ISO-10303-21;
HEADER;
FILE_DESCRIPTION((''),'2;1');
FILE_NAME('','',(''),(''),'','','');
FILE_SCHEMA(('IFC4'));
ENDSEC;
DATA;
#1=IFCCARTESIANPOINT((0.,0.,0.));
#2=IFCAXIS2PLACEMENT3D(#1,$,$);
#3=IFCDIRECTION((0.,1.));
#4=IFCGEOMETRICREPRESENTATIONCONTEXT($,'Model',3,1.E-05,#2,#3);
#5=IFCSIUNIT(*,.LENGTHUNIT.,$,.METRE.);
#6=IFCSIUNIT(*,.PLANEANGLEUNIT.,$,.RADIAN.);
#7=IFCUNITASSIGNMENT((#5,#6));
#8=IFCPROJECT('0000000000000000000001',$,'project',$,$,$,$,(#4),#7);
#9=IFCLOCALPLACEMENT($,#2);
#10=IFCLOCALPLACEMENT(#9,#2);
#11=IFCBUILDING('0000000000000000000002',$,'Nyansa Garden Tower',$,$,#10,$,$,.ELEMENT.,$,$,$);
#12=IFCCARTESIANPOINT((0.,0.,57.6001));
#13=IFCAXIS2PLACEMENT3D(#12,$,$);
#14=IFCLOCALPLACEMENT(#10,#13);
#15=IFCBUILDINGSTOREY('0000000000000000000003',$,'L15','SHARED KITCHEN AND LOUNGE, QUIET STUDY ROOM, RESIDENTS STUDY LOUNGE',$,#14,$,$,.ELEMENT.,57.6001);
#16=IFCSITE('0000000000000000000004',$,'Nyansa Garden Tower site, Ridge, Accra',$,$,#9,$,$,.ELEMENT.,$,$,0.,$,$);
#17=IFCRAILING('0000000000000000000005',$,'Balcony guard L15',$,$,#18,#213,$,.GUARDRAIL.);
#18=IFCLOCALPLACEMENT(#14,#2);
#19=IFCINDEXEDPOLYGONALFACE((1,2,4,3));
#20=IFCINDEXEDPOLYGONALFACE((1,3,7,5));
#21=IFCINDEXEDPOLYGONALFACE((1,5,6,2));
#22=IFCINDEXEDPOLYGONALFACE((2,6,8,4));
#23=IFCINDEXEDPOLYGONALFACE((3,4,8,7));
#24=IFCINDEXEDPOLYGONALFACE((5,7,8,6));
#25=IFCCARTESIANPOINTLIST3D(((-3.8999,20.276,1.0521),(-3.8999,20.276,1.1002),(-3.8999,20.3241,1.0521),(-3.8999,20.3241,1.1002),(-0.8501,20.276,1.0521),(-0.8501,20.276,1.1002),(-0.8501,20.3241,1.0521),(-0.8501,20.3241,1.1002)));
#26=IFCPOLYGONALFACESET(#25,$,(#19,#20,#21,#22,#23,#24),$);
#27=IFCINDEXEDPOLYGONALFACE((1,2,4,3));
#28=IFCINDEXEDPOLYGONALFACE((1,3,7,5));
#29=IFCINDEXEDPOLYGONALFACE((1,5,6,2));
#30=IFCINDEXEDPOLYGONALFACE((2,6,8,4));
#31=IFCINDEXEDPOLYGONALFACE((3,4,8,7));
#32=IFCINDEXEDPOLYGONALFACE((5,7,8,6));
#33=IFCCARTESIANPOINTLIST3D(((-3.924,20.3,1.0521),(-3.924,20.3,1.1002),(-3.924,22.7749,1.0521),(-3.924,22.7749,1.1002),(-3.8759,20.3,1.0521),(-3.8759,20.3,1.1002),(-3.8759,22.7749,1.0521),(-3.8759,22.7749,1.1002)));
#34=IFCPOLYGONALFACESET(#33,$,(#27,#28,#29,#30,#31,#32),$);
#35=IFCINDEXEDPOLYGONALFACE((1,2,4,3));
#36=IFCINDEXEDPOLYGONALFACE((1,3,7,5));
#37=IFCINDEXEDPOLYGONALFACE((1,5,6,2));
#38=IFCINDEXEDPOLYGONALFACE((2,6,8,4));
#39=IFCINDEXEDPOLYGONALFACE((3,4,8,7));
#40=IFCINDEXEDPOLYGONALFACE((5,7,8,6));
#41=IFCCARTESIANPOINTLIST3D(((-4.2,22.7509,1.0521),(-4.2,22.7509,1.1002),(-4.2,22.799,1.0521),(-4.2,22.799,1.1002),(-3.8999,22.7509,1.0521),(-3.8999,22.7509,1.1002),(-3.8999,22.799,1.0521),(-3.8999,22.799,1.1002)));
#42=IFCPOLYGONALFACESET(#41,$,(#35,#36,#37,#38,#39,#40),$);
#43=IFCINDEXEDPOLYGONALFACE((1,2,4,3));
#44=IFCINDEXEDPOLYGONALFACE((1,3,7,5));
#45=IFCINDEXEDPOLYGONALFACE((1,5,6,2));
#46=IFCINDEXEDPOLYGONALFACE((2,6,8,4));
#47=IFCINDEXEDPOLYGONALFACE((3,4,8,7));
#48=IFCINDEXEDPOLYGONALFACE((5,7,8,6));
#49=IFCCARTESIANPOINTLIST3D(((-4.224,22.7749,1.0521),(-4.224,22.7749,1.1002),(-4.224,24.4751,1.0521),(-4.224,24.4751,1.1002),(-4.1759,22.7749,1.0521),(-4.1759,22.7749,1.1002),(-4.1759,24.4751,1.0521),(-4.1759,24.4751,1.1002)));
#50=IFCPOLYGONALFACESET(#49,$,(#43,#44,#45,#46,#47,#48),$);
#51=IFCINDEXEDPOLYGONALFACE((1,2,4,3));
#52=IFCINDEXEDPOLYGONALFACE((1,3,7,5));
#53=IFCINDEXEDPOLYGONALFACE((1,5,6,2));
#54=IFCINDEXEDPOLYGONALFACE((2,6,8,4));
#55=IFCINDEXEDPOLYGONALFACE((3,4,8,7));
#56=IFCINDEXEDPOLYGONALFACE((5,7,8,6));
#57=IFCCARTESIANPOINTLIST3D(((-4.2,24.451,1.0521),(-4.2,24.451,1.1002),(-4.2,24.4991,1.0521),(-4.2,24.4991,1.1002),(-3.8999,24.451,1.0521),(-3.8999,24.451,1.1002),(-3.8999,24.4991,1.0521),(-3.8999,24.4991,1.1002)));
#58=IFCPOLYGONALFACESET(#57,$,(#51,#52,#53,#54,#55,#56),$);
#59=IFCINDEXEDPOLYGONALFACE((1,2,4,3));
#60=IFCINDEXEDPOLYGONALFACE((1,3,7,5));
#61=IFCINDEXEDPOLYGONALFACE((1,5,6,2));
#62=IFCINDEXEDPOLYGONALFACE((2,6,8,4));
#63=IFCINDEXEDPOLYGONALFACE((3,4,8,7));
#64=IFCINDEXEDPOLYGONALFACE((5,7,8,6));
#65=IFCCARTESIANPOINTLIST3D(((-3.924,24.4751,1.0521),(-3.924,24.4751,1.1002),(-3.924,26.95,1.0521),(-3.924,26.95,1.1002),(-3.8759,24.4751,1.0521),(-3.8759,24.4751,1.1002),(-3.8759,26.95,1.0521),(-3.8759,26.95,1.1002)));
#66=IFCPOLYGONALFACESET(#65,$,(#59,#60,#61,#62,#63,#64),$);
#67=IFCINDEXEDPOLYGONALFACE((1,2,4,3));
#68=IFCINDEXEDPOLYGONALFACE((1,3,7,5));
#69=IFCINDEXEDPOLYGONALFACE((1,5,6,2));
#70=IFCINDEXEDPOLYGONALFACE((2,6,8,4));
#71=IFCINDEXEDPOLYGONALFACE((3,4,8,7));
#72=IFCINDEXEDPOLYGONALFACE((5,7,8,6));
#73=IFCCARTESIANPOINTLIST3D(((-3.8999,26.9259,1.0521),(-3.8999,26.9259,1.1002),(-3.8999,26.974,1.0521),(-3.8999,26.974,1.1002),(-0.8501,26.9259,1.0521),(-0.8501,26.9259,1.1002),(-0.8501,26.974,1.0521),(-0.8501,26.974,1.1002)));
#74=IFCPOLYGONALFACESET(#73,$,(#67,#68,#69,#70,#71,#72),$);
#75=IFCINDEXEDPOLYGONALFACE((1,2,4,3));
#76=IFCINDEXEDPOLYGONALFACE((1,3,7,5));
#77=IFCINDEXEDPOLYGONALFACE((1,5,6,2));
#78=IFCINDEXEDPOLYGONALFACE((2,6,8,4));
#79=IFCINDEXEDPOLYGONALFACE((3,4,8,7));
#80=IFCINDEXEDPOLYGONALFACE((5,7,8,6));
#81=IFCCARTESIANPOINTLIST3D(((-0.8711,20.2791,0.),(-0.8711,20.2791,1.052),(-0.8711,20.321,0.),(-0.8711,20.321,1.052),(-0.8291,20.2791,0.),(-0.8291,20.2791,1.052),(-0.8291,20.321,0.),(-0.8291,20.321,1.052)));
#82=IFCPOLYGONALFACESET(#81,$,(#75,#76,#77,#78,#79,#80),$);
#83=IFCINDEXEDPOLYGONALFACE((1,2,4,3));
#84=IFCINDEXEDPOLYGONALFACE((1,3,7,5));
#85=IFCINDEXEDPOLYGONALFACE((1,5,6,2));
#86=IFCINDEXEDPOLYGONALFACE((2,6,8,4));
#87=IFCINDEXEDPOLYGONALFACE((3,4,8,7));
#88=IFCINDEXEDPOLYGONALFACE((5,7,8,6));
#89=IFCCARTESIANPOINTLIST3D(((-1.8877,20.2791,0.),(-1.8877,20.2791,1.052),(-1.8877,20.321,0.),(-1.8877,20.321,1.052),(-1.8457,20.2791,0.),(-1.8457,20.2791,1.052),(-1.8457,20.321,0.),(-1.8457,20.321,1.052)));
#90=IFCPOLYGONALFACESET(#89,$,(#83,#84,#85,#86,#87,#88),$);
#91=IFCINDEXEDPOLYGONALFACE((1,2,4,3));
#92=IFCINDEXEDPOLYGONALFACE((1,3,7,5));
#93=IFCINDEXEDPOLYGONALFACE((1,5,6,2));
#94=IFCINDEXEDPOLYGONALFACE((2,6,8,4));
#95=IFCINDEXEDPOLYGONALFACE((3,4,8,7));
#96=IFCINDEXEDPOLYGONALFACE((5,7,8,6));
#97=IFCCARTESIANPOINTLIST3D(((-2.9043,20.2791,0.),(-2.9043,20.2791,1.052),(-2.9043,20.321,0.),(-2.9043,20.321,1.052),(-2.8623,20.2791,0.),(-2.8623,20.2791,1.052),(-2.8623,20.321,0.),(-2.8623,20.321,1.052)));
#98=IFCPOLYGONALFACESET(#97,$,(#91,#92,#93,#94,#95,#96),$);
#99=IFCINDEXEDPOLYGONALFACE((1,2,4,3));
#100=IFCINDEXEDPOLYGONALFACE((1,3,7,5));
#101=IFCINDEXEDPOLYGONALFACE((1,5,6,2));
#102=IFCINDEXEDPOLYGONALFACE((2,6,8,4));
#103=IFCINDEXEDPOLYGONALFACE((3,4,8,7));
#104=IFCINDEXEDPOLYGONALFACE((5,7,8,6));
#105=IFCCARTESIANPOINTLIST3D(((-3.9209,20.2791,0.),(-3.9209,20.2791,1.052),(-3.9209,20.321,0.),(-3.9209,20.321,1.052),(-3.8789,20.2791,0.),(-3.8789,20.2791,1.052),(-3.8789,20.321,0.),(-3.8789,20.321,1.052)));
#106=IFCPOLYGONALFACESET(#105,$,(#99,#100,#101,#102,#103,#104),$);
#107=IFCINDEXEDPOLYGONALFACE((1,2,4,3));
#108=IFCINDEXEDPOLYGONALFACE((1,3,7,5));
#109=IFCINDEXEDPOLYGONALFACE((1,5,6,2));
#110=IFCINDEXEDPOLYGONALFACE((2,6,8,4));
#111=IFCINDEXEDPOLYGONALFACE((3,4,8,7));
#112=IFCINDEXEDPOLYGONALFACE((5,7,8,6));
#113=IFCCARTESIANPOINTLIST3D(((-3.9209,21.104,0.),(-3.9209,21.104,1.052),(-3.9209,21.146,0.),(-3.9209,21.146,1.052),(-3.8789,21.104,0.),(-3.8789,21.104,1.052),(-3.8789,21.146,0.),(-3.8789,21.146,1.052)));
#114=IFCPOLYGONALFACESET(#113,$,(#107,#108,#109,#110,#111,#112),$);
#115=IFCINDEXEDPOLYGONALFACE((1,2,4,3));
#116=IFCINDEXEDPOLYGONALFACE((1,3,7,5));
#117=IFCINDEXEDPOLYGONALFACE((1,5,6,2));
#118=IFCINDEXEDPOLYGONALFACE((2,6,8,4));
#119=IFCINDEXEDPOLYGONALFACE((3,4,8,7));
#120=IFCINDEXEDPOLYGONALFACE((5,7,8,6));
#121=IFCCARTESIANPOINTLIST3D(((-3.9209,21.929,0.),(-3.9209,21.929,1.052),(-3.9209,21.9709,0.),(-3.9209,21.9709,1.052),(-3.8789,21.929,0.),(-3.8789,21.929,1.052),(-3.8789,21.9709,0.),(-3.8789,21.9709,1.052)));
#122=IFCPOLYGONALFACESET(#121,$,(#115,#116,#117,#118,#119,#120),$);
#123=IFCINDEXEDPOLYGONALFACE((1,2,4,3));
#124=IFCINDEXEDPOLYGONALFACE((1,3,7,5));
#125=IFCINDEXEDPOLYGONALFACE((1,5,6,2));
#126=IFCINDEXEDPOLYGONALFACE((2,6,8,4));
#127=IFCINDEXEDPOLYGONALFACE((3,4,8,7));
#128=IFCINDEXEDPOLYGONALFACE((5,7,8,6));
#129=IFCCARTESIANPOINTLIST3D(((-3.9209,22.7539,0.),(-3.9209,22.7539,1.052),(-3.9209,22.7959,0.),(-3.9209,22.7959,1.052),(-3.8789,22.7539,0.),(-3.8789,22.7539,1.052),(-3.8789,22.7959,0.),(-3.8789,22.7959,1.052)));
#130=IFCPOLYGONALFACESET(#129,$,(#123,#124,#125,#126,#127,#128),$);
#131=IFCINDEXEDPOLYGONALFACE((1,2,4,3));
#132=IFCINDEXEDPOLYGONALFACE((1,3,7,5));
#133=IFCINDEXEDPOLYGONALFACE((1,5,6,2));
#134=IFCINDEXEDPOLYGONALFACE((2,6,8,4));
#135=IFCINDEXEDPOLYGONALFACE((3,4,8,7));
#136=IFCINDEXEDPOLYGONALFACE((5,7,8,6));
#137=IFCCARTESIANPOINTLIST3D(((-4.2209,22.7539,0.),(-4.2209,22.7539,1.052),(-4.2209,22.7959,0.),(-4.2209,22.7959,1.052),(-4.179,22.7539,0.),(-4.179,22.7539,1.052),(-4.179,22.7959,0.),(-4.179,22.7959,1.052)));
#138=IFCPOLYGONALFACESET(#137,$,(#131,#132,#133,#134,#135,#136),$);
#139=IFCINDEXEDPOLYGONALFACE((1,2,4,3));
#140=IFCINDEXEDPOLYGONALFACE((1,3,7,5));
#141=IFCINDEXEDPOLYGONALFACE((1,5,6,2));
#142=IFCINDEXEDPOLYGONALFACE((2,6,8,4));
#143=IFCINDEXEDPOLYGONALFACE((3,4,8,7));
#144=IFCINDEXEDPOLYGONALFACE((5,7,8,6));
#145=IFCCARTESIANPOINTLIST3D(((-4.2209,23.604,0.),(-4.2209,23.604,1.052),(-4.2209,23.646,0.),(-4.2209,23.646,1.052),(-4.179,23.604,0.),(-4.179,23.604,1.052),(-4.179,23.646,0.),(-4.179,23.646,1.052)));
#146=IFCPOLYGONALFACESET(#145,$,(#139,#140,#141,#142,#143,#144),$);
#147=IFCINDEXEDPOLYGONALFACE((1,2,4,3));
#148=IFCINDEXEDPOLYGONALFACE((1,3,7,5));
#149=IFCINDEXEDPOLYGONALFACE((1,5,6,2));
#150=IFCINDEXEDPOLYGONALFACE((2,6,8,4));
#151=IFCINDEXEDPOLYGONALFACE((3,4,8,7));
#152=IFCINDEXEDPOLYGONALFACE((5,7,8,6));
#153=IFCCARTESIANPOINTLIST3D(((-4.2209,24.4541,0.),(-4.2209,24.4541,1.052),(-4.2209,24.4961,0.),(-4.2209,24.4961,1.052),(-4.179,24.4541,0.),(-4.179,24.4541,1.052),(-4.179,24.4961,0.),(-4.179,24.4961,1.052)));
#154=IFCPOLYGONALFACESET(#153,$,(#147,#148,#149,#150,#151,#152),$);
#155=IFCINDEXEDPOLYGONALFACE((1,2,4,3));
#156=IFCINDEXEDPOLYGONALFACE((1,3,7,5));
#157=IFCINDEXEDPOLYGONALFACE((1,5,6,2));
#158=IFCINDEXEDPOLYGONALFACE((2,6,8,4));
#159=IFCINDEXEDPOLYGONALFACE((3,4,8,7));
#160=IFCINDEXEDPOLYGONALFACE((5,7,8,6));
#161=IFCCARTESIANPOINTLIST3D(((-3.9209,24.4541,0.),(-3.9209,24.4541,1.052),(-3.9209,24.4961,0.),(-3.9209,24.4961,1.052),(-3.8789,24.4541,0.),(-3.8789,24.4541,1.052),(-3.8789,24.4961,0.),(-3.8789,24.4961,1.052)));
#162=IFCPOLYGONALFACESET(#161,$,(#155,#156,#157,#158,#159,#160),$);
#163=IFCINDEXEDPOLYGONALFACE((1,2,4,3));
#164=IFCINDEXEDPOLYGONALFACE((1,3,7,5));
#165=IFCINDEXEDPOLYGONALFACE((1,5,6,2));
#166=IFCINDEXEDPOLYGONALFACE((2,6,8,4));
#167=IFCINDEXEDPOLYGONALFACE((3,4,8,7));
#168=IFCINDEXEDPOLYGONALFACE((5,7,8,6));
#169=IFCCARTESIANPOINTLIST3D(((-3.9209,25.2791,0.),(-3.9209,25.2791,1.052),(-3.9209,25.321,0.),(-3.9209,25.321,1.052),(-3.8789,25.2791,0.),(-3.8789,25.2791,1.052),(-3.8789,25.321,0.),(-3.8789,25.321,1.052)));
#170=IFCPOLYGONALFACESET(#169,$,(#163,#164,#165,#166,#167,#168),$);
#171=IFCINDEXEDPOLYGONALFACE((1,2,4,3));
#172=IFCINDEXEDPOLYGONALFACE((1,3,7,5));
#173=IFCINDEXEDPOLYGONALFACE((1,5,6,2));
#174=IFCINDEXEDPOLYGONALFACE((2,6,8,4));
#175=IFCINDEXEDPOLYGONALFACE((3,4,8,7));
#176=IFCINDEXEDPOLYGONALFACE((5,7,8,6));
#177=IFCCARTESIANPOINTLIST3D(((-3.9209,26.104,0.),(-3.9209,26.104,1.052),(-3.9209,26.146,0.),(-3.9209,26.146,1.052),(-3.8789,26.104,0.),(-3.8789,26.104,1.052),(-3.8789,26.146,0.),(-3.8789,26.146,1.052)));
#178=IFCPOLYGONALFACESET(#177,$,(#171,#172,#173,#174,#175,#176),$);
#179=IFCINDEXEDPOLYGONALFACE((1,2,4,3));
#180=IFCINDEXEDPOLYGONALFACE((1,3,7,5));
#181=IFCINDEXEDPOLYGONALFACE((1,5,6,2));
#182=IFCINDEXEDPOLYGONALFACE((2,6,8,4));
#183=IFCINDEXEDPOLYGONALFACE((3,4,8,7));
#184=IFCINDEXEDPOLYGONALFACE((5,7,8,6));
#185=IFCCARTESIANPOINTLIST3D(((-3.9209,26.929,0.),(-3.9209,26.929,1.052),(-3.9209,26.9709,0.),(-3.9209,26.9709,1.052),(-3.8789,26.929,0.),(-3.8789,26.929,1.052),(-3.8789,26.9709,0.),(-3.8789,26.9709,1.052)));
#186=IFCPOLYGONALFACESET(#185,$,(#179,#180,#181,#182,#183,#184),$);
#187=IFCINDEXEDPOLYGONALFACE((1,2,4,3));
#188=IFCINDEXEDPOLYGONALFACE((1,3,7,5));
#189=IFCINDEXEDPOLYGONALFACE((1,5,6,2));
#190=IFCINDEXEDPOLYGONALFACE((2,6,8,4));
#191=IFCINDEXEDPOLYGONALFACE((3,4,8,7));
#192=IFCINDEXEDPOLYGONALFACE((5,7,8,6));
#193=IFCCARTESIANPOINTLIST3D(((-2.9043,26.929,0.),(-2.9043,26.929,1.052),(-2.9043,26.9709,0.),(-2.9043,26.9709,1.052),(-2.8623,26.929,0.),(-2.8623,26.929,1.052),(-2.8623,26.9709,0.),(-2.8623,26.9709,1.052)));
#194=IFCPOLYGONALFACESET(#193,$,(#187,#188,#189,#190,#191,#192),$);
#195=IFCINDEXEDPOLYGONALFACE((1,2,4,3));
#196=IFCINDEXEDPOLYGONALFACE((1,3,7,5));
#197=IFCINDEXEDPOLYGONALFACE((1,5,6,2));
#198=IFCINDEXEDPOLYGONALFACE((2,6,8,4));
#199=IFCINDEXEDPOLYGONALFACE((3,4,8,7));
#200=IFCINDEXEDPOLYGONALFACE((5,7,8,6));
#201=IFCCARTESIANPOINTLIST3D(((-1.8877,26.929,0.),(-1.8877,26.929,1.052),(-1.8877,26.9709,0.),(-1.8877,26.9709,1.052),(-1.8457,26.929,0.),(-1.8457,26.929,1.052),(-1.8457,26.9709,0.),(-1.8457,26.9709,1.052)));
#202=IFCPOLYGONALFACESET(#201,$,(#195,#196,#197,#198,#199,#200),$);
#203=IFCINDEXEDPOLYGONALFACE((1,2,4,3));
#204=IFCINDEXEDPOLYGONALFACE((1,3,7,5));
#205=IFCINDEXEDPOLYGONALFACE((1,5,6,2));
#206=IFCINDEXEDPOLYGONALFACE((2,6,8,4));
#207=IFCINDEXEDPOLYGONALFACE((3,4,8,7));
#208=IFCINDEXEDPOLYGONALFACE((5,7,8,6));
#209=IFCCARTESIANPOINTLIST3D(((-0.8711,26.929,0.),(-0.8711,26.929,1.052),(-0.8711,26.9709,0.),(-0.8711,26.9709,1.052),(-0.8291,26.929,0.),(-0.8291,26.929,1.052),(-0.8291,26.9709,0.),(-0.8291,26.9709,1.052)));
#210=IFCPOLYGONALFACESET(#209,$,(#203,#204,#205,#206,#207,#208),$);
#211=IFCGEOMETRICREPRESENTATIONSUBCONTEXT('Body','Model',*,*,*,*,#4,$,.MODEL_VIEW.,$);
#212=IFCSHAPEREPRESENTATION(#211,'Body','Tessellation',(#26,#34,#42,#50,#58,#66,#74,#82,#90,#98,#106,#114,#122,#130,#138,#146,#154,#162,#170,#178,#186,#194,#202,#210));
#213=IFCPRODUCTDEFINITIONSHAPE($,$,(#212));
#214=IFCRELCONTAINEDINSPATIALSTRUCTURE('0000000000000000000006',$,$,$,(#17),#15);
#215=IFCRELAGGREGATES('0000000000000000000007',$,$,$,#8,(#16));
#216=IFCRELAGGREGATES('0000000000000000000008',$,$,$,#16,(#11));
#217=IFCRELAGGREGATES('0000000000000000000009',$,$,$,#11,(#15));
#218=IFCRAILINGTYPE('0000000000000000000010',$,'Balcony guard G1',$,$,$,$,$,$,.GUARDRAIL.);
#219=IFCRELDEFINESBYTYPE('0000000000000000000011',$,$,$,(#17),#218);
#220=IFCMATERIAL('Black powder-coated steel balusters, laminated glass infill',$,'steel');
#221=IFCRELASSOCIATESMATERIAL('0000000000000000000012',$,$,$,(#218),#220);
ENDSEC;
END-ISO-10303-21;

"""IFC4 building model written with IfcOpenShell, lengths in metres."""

from ifc_helpers import new_model, si_unit, direction, frame, origin, origin_2d, place, context, subcontext, project, spatial, rectangle, extrude, material, type_object, element, save


model = new_model("IFC4")

# Units and contexts
model_context = context("Model", 3, precision=1e-05, world=origin(), true_north=direction((0.0, 1.0)))
body_context = subcontext(model_context, "Body", "Model", "MODEL_VIEW")
ifc_project = project(units=[si_unit("LENGTHUNIT", "METRE"), si_unit("PLANEANGLEUNIT", "RADIAN")], contexts=[model_context])

# Site, building, storey
site_placement = place(None, origin())
site = spatial("IfcSite", under=ifc_project, at=site_placement, Name="Nyansa Garden Tower site, Ridge, Accra", CompositionType="ELEMENT", RefElevation=0.0)
building_placement = place(site_placement, origin())
building = spatial("IfcBuilding", under=site, at=building_placement, Name="Nyansa Garden Tower", CompositionType="ELEMENT")
storey_placement = place(building_placement, frame((0.0, 0.0, 57.6001)))
storey = spatial("IfcBuildingStorey", under=building, at=storey_placement, Name="L15", Description="SHARED KITCHEN AND LOUNGE, QUIET STUDY ROOM, RESIDENTS STUDY LOUNGE", CompositionType="ELEMENT", Elevation=57.6001)

# Railing
ifc_material_1 = material(Name="Black powder-coated steel balusters, laminated glass infill", Category="steel")
railing_type = type_object("IfcRailingType", Name="Balcony guard G1", PredefinedType="GUARDRAIL", material=ifc_material_1)
railing_placement = place(storey_placement, frame((-0.8501, 20.3, 0.0)))
element("IfcRailing", 1, at=railing_placement, inside=storey, type_object=railing_type, Name="Balcony guard L15", PredefinedType="GUARDRAIL", context=body_context, shape_type="SweptSolid", body=[
    extrude(rectangle(XDim=0.0481, YDim=0.0481, at=origin_2d()), frame((0.0, 0.0, 1.0762), z_axis=(-1.0, 0.0, 0.0), x_axis=(0.0, -1.0, 0.0)), (0.0, 0.0, 1.0), 3.0498),
    extrude(rectangle(XDim=0.0481, YDim=0.0481, at=origin_2d()), frame((-3.0498, 0.0, 1.0762), z_axis=(0.0, 1.0, 0.0), x_axis=(-1.0, 0.0, 0.0)), (0.0, 0.0, 1.0), 2.4749),
    extrude(rectangle(XDim=0.0481, YDim=0.0481, at=origin_2d()), frame((-3.0498, 2.4749, 1.0762), z_axis=(-1.0, 0.0, 0.0), x_axis=(0.0, -1.0, 0.0)), (0.0, 0.0, 1.0), 0.3),
    extrude(rectangle(XDim=0.0481, YDim=0.0481, at=origin_2d()), frame((-3.3499, 2.4749, 1.0762), z_axis=(0.0, 1.0, 0.0), x_axis=(-1.0, 0.0, 0.0)), (0.0, 0.0, 1.0), 1.7002),
    extrude(rectangle(XDim=0.0481, YDim=0.0481, at=origin_2d()), frame((-3.3499, 4.175, 1.0762), z_axis=(1.0, 0.0, 0.0), x_axis=(0.0, 1.0, 0.0)), (0.0, 0.0, 1.0), 0.3),
    extrude(rectangle(XDim=0.0481, YDim=0.0481, at=origin_2d()), frame((-3.0498, 4.175, 1.0762), z_axis=(0.0, 1.0, 0.0), x_axis=(-1.0, 0.0, 0.0)), (0.0, 0.0, 1.0), 2.4749),
    extrude(rectangle(XDim=0.0481, YDim=0.0481, at=origin_2d()), frame((-3.0498, 6.6499, 1.0762), z_axis=(1.0, 0.0, 0.0), x_axis=(0.0, 1.0, 0.0)), (0.0, 0.0, 1.0), 3.0498),
    extrude(rectangle(XDim=0.042, YDim=0.042, at=origin_2d()), origin(), (0.0, 0.0, 1.0), 1.052),
    extrude(rectangle(XDim=0.042, YDim=0.042, at=origin_2d()), frame((-1.0166, 0.0, 0.0)), (0.0, 0.0, 1.0), 1.052),
    extrude(rectangle(XDim=0.042, YDim=0.042, at=origin_2d()), frame((-2.0332, 0.0, 0.0)), (0.0, 0.0, 1.0), 1.052),
    extrude(rectangle(XDim=0.042, YDim=0.042, at=origin_2d()), frame((-3.0498, 0.0, 0.0)), (0.0, 0.0, 1.0), 1.052),
    extrude(rectangle(XDim=0.042, YDim=0.042, at=origin_2d()), frame((-3.0498, 0.825, 0.0)), (0.0, 0.0, 1.0), 1.052),
    extrude(rectangle(XDim=0.042, YDim=0.042, at=origin_2d()), frame((-3.0498, 1.6499, 0.0)), (0.0, 0.0, 1.0), 1.052),
    extrude(rectangle(XDim=0.042, YDim=0.042, at=origin_2d()), frame((-3.0498, 2.4749, 0.0)), (0.0, 0.0, 1.0), 1.052),
    extrude(rectangle(XDim=0.042, YDim=0.042, at=origin_2d()), frame((-3.3499, 2.4749, 0.0)), (0.0, 0.0, 1.0), 1.052),
    extrude(rectangle(XDim=0.042, YDim=0.042, at=origin_2d()), frame((-3.3499, 3.325, 0.0)), (0.0, 0.0, 1.0), 1.052),
    extrude(rectangle(XDim=0.042, YDim=0.042, at=origin_2d()), frame((-3.3499, 4.175, 0.0)), (0.0, 0.0, 1.0), 1.052),
    extrude(rectangle(XDim=0.042, YDim=0.042, at=origin_2d()), frame((-3.0498, 4.175, 0.0)), (0.0, 0.0, 1.0), 1.052),
    extrude(rectangle(XDim=0.042, YDim=0.042, at=origin_2d()), frame((-3.0498, 5.0, 0.0)), (0.0, 0.0, 1.0), 1.052),
    extrude(rectangle(XDim=0.042, YDim=0.042, at=origin_2d()), frame((-3.0498, 5.825, 0.0)), (0.0, 0.0, 1.0), 1.052),
    extrude(rectangle(XDim=0.042, YDim=0.042, at=origin_2d()), frame((-3.0498, 6.6499, 0.0)), (0.0, 0.0, 1.0), 1.052),
    extrude(rectangle(XDim=0.042, YDim=0.042, at=origin_2d()), frame((-2.0332, 6.6499, 0.0)), (0.0, 0.0, 1.0), 1.052),
    extrude(rectangle(XDim=0.042, YDim=0.042, at=origin_2d()), frame((-1.0166, 6.6499, 0.0)), (0.0, 0.0, 1.0), 1.052),
    extrude(rectangle(XDim=0.042, YDim=0.042, at=origin_2d()), frame((0.0, 6.6499, 0.0)), (0.0, 0.0, 1.0), 1.052),
])

save(model, "model.ifc")
